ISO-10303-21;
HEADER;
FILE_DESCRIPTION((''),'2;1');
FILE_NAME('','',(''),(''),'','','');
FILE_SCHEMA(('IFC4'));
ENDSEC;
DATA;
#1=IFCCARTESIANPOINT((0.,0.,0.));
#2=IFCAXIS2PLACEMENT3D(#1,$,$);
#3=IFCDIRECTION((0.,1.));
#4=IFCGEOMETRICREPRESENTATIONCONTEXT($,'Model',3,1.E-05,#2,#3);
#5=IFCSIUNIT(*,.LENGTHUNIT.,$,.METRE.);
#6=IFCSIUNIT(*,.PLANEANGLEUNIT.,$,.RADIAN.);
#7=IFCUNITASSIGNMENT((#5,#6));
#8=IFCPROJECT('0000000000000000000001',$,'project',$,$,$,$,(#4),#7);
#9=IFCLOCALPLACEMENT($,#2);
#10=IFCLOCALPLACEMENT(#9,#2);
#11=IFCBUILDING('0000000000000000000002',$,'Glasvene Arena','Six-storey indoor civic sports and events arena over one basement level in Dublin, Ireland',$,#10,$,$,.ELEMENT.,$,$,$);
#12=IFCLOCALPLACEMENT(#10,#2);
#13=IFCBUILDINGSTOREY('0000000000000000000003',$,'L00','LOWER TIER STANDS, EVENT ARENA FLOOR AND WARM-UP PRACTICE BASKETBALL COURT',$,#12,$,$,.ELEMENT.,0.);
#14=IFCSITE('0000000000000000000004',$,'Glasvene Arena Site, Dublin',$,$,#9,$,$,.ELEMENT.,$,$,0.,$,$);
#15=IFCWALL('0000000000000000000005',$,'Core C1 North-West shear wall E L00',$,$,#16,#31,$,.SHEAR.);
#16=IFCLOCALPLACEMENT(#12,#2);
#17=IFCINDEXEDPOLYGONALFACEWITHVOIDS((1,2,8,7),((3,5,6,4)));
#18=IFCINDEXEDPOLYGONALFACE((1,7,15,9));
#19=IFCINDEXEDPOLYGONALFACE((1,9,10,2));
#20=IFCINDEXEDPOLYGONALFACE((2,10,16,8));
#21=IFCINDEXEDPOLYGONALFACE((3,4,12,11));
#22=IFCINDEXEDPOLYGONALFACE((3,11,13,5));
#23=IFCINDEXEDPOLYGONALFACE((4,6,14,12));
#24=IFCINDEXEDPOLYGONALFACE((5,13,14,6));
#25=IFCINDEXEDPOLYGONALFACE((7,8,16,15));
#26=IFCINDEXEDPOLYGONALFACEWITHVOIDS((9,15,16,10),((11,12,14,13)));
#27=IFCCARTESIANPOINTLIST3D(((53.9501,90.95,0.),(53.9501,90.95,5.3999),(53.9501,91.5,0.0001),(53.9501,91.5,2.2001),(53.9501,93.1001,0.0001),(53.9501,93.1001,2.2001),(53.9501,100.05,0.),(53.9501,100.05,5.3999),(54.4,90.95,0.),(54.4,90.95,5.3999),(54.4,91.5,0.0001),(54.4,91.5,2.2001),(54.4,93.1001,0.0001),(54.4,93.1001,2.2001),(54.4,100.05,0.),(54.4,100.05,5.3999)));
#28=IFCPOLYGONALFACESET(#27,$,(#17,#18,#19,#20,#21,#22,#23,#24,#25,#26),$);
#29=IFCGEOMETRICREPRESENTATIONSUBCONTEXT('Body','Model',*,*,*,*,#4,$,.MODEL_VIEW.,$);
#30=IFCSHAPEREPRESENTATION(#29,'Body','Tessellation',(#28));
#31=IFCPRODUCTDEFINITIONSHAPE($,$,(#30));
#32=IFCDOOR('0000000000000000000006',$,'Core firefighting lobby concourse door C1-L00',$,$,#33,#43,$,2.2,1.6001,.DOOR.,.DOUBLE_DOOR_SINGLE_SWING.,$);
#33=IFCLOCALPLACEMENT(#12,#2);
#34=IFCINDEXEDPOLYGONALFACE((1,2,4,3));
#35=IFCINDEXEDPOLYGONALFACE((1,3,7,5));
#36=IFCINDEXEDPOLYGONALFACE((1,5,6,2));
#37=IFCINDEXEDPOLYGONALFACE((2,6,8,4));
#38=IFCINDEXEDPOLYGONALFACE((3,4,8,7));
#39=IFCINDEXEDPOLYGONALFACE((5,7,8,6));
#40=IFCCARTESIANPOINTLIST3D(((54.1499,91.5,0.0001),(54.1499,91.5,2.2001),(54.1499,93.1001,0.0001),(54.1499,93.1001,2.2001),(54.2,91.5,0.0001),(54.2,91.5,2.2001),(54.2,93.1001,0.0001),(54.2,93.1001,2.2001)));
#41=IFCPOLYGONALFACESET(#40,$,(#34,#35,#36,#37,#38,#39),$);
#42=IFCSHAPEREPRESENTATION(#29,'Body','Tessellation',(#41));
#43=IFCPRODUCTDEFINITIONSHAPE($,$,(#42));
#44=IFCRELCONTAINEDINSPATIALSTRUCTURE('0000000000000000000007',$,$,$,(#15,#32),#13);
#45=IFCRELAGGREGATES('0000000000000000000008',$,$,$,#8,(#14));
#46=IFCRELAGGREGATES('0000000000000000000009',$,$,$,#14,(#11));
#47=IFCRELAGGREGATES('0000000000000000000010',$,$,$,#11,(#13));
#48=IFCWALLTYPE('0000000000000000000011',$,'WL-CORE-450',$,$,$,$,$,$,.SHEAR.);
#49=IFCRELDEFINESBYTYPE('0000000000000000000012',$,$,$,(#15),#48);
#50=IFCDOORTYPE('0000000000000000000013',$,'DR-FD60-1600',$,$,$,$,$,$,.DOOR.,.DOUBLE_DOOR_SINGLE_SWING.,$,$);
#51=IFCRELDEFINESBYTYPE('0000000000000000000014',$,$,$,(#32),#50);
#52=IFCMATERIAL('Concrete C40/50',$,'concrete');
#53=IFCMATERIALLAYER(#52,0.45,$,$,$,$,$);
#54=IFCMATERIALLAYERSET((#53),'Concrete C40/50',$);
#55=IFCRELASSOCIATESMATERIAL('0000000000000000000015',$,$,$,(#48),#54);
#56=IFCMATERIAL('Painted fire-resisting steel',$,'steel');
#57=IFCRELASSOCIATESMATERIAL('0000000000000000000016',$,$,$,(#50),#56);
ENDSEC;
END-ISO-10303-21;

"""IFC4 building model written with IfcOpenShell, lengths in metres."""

from ifc_helpers import new_model, si_unit, direction, frame, frame_2d, origin, place, context, subcontext, project, spatial, rectangle, extrude, material, layer, layer_set, type_object, element, fill, save


model = new_model("IFC4")

# Units and contexts
model_context = context("Model", 3, precision=1e-05, world=origin(), true_north=direction((0.0, 1.0)))
body_context = subcontext(model_context, "Body", "Model", "MODEL_VIEW")
ifc_project = project(units=[si_unit("LENGTHUNIT", "METRE"), si_unit("PLANEANGLEUNIT", "RADIAN")], contexts=[model_context])

# Site, building, storey
site_placement = place(None, origin())
site = spatial("IfcSite", under=ifc_project, at=site_placement, Name="Glasvene Arena Site, Dublin", CompositionType="ELEMENT", RefElevation=0.0)
building_placement = place(site_placement, origin())
building = spatial("IfcBuilding", under=site, at=building_placement, Name="Glasvene Arena", Description="Six-storey indoor civic sports and events arena over one basement level in Dublin, Ireland", CompositionType="ELEMENT")
storey_placement = place(building_placement, origin())
storey = spatial("IfcBuildingStorey", under=building, at=storey_placement, Name="L00", Description="LOWER TIER STANDS, EVENT ARENA FLOOR AND WARM-UP PRACTICE BASKETBALL COURT", CompositionType="ELEMENT", Elevation=0.0)

# Shared definitions
ifc_material_1 = material(Name="Concrete C40/50", Category="concrete")

# Wall, opening, door
ifc_layer_1 = layer(ifc_material_1, 0.45)
ifc_layer_set_1 = layer_set([ifc_layer_1], Name="Concrete C40/50")
wall_type = type_object("IfcWallType", Name="WL-CORE-450", PredefinedType="SHEAR", material=ifc_layer_set_1)
wall_placement = place(storey_placement, frame((54.175, 90.95, 0.0), z_axis=(0.0, 0.0, 1.0), x_axis=(0.0, 1.0, 0.0)))
wall = element("IfcWall", 1, at=wall_placement, inside=storey, type_object=wall_type, Name="Core C1 North-West shear wall E L00", PredefinedType="SHEAR", context=body_context, shape_type="SweptSolid", body=[
    extrude(rectangle(XDim=9.1001, YDim=0.45, at=frame_2d((4.55, 0.0))), origin(), (0.0, 0.0, 1.0), 5.3999),
])
opening_placement = place(wall_placement, frame((0.55, 0.0, 0.0)))
opening = element("IfcOpeningElement", 2, at=opening_placement, cuts=wall, PredefinedType="OPENING", context=body_context, shape_type="SweptSolid", body=[
    extrude(rectangle(XDim=1.6001, YDim=2.2, at=frame_2d((0.8, 1.1001))), frame((0.0, 0.2349, 0.0), z_axis=(0.0, -1.0, 0.0), x_axis=(1.0, 0.0, 0.0)), (0.0, 0.0, 1.0), 0.47),
])
ifc_material_2 = material(Name="Painted fire-resisting steel", Category="steel")
door_type = type_object("IfcDoorType", Name="DR-FD60-1600", OperationType="DOUBLE_DOOR_SINGLE_SWING", PredefinedType="DOOR", material=ifc_material_2)
door_placement = place(opening_placement, frame((1.6001, 0.0, 0.0), z_axis=(0.0, 0.0, 1.0), x_axis=(-1.0, 0.0, 0.0)))
door = element("IfcDoor", 3, at=door_placement, inside=storey, type_object=door_type, Name="Core firefighting lobby concourse door C1-L00", OperationType="DOUBLE_DOOR_SINGLE_SWING", OverallHeight=2.2, OverallWidth=1.6001, PredefinedType="DOOR", context=body_context, shape_type="SweptSolid", body=[
    extrude(rectangle(XDim=1.6001, YDim=2.2, at=frame_2d((0.8, 1.1001))), frame((0.0, 0.0249, 0.0), z_axis=(0.0, -1.0, 0.0), x_axis=(1.0, 0.0, 0.0)), (0.0, 0.0, 1.0), 0.05),
])
fill(opening, door)

save(model, "model.ifc")
